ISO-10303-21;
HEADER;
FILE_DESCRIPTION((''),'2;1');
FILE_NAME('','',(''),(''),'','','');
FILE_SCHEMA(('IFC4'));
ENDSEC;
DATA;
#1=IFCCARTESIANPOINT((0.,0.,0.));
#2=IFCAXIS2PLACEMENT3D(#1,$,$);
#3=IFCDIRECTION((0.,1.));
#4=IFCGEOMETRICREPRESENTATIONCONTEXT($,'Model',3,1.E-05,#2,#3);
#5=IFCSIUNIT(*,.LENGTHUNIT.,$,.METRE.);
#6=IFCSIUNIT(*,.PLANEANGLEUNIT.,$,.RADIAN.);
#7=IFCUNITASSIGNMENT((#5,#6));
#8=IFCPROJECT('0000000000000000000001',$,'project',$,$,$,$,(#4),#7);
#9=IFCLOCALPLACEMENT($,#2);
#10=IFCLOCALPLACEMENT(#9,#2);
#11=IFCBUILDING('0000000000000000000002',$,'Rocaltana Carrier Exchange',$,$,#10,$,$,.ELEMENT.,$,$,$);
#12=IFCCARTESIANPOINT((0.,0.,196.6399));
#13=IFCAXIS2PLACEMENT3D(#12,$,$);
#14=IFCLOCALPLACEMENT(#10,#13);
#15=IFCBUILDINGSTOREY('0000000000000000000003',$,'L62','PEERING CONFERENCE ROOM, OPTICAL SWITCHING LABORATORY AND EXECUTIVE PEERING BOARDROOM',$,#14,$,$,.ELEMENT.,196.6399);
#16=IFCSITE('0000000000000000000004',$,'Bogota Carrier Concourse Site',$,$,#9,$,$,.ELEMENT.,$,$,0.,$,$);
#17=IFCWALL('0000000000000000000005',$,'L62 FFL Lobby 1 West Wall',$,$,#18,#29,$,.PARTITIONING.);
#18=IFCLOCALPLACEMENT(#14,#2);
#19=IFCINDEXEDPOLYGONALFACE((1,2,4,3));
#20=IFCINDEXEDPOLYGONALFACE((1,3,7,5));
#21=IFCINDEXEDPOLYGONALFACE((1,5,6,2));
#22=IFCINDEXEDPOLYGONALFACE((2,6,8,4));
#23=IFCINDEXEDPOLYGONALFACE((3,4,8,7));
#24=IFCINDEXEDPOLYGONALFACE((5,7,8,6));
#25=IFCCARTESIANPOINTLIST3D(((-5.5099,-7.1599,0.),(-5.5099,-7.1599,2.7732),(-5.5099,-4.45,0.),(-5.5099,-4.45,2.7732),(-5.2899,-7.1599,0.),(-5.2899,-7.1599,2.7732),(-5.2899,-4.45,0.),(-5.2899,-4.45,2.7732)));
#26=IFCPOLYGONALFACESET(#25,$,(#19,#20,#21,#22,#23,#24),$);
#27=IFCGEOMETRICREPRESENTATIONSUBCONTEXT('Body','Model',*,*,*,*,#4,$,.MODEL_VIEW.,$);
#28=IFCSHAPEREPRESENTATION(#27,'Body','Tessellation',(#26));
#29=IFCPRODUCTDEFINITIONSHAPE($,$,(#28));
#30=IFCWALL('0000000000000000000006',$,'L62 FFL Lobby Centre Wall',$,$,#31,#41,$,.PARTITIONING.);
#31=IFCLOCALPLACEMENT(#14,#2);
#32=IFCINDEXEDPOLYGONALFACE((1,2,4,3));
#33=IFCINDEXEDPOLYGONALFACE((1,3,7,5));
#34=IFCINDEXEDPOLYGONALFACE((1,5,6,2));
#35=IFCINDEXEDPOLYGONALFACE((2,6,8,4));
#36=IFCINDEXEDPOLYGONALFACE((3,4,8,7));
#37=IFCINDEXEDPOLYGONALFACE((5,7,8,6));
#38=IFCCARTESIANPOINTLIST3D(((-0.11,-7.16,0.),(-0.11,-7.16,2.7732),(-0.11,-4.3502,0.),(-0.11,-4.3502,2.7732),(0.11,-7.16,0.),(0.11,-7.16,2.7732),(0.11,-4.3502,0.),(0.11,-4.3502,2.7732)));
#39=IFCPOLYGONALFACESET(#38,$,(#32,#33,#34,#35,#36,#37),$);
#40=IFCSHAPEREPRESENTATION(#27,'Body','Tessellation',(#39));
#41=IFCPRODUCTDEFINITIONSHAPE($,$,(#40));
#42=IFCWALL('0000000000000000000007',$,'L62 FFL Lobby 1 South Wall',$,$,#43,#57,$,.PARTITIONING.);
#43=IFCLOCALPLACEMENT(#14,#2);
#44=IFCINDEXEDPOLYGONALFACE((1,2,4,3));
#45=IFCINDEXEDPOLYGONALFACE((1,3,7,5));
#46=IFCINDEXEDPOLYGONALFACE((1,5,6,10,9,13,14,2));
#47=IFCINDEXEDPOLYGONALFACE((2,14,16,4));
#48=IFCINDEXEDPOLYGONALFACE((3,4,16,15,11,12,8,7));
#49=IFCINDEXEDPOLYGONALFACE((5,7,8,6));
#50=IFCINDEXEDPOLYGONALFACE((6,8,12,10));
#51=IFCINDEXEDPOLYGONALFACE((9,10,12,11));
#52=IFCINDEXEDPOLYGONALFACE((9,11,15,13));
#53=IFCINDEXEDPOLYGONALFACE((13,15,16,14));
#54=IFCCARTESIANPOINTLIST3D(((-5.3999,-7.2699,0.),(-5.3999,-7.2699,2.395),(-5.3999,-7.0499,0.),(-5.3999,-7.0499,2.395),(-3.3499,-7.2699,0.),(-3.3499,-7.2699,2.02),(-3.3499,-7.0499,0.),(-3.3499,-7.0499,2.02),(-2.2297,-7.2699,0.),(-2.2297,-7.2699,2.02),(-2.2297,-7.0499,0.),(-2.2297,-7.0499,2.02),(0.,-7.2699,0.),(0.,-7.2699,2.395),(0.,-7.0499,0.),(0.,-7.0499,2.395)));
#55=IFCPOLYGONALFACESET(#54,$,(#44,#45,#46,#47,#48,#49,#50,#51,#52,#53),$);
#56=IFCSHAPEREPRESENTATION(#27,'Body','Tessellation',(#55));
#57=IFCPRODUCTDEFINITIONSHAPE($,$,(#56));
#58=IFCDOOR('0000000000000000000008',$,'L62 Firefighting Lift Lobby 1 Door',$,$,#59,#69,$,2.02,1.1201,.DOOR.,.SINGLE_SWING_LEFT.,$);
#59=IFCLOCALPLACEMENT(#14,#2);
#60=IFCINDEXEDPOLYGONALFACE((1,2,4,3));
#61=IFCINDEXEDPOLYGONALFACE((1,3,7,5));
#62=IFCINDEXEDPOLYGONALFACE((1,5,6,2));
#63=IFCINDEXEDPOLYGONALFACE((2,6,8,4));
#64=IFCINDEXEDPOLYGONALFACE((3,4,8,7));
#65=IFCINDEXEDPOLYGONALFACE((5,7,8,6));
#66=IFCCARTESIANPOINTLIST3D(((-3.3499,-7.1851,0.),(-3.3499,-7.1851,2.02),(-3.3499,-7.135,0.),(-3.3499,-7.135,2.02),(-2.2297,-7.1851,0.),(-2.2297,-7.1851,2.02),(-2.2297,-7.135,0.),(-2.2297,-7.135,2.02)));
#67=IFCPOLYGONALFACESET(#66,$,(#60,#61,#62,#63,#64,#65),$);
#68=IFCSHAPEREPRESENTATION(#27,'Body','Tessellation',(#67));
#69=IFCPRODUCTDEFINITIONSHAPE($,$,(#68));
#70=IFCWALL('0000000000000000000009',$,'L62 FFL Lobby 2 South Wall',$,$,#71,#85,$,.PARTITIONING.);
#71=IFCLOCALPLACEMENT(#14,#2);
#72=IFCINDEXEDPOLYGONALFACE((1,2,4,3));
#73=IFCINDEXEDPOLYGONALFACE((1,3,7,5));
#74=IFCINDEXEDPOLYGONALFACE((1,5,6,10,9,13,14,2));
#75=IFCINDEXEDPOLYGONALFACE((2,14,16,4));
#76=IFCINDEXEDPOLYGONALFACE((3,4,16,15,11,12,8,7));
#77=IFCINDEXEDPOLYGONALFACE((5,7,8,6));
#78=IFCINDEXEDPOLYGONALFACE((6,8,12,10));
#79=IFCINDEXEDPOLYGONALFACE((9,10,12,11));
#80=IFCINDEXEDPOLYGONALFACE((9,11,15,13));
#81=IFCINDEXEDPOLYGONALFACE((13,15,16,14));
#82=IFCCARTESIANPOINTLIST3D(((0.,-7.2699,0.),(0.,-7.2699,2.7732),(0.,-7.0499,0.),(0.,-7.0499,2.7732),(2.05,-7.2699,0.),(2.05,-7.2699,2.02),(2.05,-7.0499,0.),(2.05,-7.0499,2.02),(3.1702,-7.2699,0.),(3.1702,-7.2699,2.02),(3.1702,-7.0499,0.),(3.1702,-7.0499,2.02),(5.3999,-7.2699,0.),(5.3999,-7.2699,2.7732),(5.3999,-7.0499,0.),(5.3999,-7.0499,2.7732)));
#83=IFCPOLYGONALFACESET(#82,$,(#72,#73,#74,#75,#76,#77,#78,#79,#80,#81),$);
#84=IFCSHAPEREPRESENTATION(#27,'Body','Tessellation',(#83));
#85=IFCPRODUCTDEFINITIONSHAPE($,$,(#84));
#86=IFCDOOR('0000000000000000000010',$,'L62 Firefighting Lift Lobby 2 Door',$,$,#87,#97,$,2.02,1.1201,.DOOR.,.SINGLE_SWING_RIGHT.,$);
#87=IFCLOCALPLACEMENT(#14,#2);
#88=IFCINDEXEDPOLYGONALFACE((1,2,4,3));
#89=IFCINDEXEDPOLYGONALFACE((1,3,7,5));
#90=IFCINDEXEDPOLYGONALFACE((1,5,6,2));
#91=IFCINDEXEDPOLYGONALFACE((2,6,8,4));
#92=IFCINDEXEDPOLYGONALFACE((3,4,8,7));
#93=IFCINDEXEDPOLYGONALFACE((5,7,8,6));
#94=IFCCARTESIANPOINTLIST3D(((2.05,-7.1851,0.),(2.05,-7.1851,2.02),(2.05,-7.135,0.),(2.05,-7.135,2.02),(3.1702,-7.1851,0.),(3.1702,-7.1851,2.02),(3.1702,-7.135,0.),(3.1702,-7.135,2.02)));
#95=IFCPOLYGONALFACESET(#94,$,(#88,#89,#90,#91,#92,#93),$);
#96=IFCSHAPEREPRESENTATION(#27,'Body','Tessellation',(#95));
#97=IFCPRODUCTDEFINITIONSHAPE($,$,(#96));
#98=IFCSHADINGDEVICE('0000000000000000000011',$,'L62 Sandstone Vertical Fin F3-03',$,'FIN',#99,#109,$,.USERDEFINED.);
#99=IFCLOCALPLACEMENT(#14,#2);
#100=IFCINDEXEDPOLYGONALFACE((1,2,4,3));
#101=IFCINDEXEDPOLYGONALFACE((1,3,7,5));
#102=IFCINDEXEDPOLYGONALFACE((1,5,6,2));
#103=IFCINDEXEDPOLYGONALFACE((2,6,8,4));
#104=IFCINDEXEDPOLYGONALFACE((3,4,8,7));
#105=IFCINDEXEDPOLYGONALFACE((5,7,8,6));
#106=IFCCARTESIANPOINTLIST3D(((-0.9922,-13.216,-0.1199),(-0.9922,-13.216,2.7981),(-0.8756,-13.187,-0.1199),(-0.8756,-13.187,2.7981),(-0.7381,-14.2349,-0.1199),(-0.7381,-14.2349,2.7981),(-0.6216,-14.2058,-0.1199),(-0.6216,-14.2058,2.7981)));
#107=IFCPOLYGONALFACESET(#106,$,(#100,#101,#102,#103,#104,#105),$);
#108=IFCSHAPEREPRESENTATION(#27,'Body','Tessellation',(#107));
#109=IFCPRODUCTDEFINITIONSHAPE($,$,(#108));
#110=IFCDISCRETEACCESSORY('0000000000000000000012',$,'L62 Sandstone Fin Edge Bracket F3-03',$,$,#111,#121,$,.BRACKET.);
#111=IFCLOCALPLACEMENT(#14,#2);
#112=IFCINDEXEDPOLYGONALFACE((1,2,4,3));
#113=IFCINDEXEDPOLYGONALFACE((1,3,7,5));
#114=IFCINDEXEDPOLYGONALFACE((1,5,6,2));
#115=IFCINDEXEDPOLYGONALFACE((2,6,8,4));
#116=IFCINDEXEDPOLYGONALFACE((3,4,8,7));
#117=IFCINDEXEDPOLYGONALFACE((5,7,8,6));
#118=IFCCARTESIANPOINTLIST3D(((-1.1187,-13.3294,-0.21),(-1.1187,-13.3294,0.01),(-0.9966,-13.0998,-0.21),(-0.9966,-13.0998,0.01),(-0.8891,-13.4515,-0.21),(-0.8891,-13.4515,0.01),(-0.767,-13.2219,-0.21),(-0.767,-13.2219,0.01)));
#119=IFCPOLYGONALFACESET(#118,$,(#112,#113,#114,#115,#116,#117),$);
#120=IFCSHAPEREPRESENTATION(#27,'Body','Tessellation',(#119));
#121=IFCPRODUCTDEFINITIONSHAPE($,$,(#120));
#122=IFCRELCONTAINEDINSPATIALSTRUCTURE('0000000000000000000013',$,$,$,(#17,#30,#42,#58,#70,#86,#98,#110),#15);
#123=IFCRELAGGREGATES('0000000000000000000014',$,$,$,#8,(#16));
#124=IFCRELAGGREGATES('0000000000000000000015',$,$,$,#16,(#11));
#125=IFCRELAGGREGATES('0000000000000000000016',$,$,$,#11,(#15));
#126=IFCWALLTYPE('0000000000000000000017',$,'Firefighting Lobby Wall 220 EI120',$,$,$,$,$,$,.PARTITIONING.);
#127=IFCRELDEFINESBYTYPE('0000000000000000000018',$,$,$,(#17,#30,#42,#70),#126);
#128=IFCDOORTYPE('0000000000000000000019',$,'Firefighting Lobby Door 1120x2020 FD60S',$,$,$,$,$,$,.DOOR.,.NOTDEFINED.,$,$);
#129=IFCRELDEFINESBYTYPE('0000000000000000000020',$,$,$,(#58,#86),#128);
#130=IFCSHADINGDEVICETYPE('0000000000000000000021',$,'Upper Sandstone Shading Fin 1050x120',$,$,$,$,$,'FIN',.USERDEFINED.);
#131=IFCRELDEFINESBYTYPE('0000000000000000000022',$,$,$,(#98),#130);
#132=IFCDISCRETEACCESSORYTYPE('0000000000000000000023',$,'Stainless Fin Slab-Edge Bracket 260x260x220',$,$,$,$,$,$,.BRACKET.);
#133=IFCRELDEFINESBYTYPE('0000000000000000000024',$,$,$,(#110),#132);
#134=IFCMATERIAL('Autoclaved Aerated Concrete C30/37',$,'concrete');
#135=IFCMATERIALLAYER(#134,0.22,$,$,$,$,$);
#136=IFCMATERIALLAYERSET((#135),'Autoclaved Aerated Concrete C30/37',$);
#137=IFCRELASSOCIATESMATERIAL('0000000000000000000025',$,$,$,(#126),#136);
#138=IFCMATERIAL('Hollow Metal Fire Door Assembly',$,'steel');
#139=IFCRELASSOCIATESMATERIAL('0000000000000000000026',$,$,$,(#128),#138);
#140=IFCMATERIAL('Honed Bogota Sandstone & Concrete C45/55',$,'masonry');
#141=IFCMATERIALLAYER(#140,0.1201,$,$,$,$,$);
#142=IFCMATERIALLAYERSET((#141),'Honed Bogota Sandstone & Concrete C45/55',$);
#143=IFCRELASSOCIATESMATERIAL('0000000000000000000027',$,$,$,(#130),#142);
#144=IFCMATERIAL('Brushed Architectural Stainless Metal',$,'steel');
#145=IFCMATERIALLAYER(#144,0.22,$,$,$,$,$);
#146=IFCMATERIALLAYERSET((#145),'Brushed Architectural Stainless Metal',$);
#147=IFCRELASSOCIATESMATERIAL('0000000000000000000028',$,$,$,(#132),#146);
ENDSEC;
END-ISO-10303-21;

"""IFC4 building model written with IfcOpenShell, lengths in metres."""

from ifc_helpers import new_model, si_unit, direction, frame, frame_2d, origin, origin_2d, place, context, subcontext, project, spatial, rectangle, extrude, material, layer, layer_set, type_object, element, fill, save


model = new_model("IFC4")

# Units and contexts
model_context = context("Model", 3, precision=1e-05, world=origin(), true_north=direction((0.0, 1.0)))
body_context = subcontext(model_context, "Body", "Model", "MODEL_VIEW")
ifc_project = project(units=[si_unit("LENGTHUNIT", "METRE"), si_unit("PLANEANGLEUNIT", "RADIAN")], contexts=[model_context])

# Site, building, storey
site_placement = place(None, origin())
site = spatial("IfcSite", under=ifc_project, at=site_placement, Name="Bogota Carrier Concourse Site", CompositionType="ELEMENT", RefElevation=0.0)
building_placement = place(site_placement, origin())
building = spatial("IfcBuilding", under=site, at=building_placement, Name="Rocaltana Carrier Exchange", CompositionType="ELEMENT")
storey_placement = place(building_placement, frame((0.0, 0.0, 196.6399)))
storey = spatial("IfcBuildingStorey", under=building, at=storey_placement, Name="L62", Description="PEERING CONFERENCE ROOM, OPTICAL SWITCHING LABORATORY AND EXECUTIVE PEERING BOARDROOM", CompositionType="ELEMENT", Elevation=196.6399)

# Walls
ifc_material_1 = material(Name="Autoclaved Aerated Concrete C30/37", Category="concrete")
ifc_layer_1 = layer(ifc_material_1, 0.22)
ifc_layer_set_1 = layer_set([ifc_layer_1], Name="Autoclaved Aerated Concrete C30/37")
wall_type_1 = type_object("IfcWallType", Name="Firefighting Lobby Wall 220 EI120", PredefinedType="PARTITIONING", material=ifc_layer_set_1)
wall_1_placement = place(storey_placement, frame((-5.3999, -7.1599, 0.0), z_axis=(0.0, 0.0, 1.0), x_axis=(0.0, 1.0, 0.0)))
element("IfcWall", 1, at=wall_1_placement, inside=storey, type_object=wall_type_1, Name="L62 FFL Lobby 1 West Wall", PredefinedType="PARTITIONING", context=body_context, shape_type="SweptSolid", body=[
    extrude(rectangle(XDim=2.71, YDim=0.22, at=frame_2d((1.355, 0.0))), origin(), (0.0, 0.0, 1.0), 2.7732),
])
wall_2_placement = place(storey_placement, frame((0.0, -7.1599, 0.0), z_axis=(0.0, 0.0, 1.0), x_axis=(0.0, 1.0, 0.0)))
element("IfcWall", 2, at=wall_2_placement, inside=storey, type_object=wall_type_1, Name="L62 FFL Lobby Centre Wall", PredefinedType="PARTITIONING", context=body_context, shape_type="SweptSolid", body=[
    extrude(rectangle(XDim=2.8098, YDim=0.22, at=frame_2d((1.4048, 0.0))), origin(), (0.0, 0.0, 1.0), 2.7732),
])

# Walls, openings, doors
wall_3_placement = place(storey_placement, frame((-5.3999, -7.1599, 0.0), z_axis=(0.0, 0.0, 1.0), x_axis=(1.0, 0.0, 0.0)))
wall_3 = element("IfcWall", 3, at=wall_3_placement, inside=storey, type_object=wall_type_1, Name="L62 FFL Lobby 1 South Wall", PredefinedType="PARTITIONING", context=body_context, shape_type="SweptSolid", body=[
    extrude(rectangle(XDim=5.3999, YDim=0.22, at=frame_2d((2.7, 0.0))), origin(), (0.0, 0.0, 1.0), 2.395),
])
opening_1_placement = place(wall_3_placement, frame((2.05, 0.0, 0.0)))
opening_1 = element("IfcOpeningElement", 4, at=opening_1_placement, cuts=wall_3, PredefinedType="OPENING", context=body_context, shape_type="SweptSolid", body=[
    extrude(rectangle(XDim=1.1201, YDim=2.02, at=frame_2d((0.5601, 1.01))), frame((0.0, 0.1199, 0.0), z_axis=(0.0, -1.0, 0.0), x_axis=(1.0, 0.0, 0.0)), (0.0, 0.0, 1.0), 0.24),
])
ifc_material_2 = material(Name="Hollow Metal Fire Door Assembly", Category="steel")
door_type = type_object("IfcDoorType", Name="Firefighting Lobby Door 1120x2020 FD60S", OperationType="NOTDEFINED", PredefinedType="DOOR", material=ifc_material_2)
door_1_placement = place(opening_1_placement, origin())
door_1 = element("IfcDoor", 5, at=door_1_placement, inside=storey, type_object=door_type, Name="L62 Firefighting Lift Lobby 1 Door", OperationType="SINGLE_SWING_LEFT", OverallHeight=2.02, OverallWidth=1.1201, PredefinedType="DOOR", context=body_context, shape_type="SweptSolid", body=[
    extrude(rectangle(XDim=1.1201, YDim=2.02, at=frame_2d((0.5601, 1.01))), frame((0.0, 0.0249, 0.0), z_axis=(0.0, -1.0, 0.0), x_axis=(1.0, 0.0, 0.0)), (0.0, 0.0, 1.0), 0.05),
])
fill(opening_1, door_1)
wall_4_placement = place(storey_placement, frame((0.0, -7.1599, 0.0), z_axis=(0.0, 0.0, 1.0), x_axis=(1.0, 0.0, 0.0)))
wall_4 = element("IfcWall", 6, at=wall_4_placement, inside=storey, type_object=wall_type_1, Name="L62 FFL Lobby 2 South Wall", PredefinedType="PARTITIONING", context=body_context, shape_type="SweptSolid", body=[
    extrude(rectangle(XDim=5.3999, YDim=0.22, at=frame_2d((2.7, 0.0))), origin(), (0.0, 0.0, 1.0), 2.7732),
])
opening_2_placement = place(wall_4_placement, frame((2.05, 0.0, 0.0)))
opening_2 = element("IfcOpeningElement", 7, at=opening_2_placement, cuts=wall_4, PredefinedType="OPENING", context=body_context, shape_type="SweptSolid", body=[
    extrude(rectangle(XDim=1.1201, YDim=2.02, at=frame_2d((0.5601, 1.01))), frame((0.0, 0.1199, 0.0), z_axis=(0.0, -1.0, 0.0), x_axis=(1.0, 0.0, 0.0)), (0.0, 0.0, 1.0), 0.24),
])
door_2_placement = place(opening_2_placement, origin())
door_2 = element("IfcDoor", 8, at=door_2_placement, inside=storey, type_object=door_type, Name="L62 Firefighting Lift Lobby 2 Door", OperationType="SINGLE_SWING_RIGHT", OverallHeight=2.02, OverallWidth=1.1201, PredefinedType="DOOR", context=body_context, shape_type="SweptSolid", body=[
    extrude(rectangle(XDim=1.1201, YDim=2.02, at=frame_2d((0.5601, 1.01))), frame((0.0, 0.0249, 0.0), z_axis=(0.0, -1.0, 0.0), x_axis=(1.0, 0.0, 0.0)), (0.0, 0.0, 1.0), 0.05),
])
fill(opening_2, door_2)

# Shading device
ifc_material_3 = material(Name="Honed Bogota Sandstone & Concrete C45/55", Category="masonry")
ifc_layer_2 = layer(ifc_material_3, 0.1201)
ifc_layer_set_2 = layer_set([ifc_layer_2], Name="Honed Bogota Sandstone & Concrete C45/55")
shading_device_type = type_object("IfcShadingDeviceType", Name="Upper Sandstone Shading Fin 1050x120", ElementType="FIN", PredefinedType="USERDEFINED", material=ifc_layer_set_2)
shading_device_placement = place(storey_placement, frame((-0.8069, -13.7109, -0.1199), z_axis=(0.0, 0.0, 1.0), x_axis=(0.241922, -0.970296, 0.0)))
element("IfcShadingDevice", 9, at=shading_device_placement, inside=storey, type_object=shading_device_type, Name="L62 Sandstone Vertical Fin F3-03", ObjectType="FIN", PredefinedType="USERDEFINED", context=body_context, shape_type="SweptSolid", body=[
    extrude(rectangle(XDim=1.05, YDim=0.1201, at=origin_2d()), origin(), (0.0, 0.0, 1.0), 2.918),
])

# Discrete accessory
ifc_material_4 = material(Name="Brushed Architectural Stainless Metal", Category="steel")
ifc_layer_3 = layer(ifc_material_4, 0.22)
ifc_layer_set_3 = layer_set([ifc_layer_3], Name="Brushed Architectural Stainless Metal")
discrete_accessory_type = type_object("IfcDiscreteAccessoryType", Name="Stainless Fin Slab-Edge Bracket 260x260x220", PredefinedType="BRACKET", material=ifc_layer_set_3)
discrete_accessory_placement = place(storey_placement, frame((-0.9429, -13.2756, -0.21), z_axis=(0.0, 0.0, 1.0), x_axis=(0.882948, -0.469472, 0.0)))
element("IfcDiscreteAccessory", 10, at=discrete_accessory_placement, inside=storey, type_object=discrete_accessory_type, Name="L62 Sandstone Fin Edge Bracket F3-03", PredefinedType="BRACKET", context=body_context, shape_type="SweptSolid", body=[
    extrude(rectangle(XDim=0.26, YDim=0.26, at=origin_2d()), origin(), (0.0, 0.0, 1.0), 0.22),
])

save(model, "model.ifc")
